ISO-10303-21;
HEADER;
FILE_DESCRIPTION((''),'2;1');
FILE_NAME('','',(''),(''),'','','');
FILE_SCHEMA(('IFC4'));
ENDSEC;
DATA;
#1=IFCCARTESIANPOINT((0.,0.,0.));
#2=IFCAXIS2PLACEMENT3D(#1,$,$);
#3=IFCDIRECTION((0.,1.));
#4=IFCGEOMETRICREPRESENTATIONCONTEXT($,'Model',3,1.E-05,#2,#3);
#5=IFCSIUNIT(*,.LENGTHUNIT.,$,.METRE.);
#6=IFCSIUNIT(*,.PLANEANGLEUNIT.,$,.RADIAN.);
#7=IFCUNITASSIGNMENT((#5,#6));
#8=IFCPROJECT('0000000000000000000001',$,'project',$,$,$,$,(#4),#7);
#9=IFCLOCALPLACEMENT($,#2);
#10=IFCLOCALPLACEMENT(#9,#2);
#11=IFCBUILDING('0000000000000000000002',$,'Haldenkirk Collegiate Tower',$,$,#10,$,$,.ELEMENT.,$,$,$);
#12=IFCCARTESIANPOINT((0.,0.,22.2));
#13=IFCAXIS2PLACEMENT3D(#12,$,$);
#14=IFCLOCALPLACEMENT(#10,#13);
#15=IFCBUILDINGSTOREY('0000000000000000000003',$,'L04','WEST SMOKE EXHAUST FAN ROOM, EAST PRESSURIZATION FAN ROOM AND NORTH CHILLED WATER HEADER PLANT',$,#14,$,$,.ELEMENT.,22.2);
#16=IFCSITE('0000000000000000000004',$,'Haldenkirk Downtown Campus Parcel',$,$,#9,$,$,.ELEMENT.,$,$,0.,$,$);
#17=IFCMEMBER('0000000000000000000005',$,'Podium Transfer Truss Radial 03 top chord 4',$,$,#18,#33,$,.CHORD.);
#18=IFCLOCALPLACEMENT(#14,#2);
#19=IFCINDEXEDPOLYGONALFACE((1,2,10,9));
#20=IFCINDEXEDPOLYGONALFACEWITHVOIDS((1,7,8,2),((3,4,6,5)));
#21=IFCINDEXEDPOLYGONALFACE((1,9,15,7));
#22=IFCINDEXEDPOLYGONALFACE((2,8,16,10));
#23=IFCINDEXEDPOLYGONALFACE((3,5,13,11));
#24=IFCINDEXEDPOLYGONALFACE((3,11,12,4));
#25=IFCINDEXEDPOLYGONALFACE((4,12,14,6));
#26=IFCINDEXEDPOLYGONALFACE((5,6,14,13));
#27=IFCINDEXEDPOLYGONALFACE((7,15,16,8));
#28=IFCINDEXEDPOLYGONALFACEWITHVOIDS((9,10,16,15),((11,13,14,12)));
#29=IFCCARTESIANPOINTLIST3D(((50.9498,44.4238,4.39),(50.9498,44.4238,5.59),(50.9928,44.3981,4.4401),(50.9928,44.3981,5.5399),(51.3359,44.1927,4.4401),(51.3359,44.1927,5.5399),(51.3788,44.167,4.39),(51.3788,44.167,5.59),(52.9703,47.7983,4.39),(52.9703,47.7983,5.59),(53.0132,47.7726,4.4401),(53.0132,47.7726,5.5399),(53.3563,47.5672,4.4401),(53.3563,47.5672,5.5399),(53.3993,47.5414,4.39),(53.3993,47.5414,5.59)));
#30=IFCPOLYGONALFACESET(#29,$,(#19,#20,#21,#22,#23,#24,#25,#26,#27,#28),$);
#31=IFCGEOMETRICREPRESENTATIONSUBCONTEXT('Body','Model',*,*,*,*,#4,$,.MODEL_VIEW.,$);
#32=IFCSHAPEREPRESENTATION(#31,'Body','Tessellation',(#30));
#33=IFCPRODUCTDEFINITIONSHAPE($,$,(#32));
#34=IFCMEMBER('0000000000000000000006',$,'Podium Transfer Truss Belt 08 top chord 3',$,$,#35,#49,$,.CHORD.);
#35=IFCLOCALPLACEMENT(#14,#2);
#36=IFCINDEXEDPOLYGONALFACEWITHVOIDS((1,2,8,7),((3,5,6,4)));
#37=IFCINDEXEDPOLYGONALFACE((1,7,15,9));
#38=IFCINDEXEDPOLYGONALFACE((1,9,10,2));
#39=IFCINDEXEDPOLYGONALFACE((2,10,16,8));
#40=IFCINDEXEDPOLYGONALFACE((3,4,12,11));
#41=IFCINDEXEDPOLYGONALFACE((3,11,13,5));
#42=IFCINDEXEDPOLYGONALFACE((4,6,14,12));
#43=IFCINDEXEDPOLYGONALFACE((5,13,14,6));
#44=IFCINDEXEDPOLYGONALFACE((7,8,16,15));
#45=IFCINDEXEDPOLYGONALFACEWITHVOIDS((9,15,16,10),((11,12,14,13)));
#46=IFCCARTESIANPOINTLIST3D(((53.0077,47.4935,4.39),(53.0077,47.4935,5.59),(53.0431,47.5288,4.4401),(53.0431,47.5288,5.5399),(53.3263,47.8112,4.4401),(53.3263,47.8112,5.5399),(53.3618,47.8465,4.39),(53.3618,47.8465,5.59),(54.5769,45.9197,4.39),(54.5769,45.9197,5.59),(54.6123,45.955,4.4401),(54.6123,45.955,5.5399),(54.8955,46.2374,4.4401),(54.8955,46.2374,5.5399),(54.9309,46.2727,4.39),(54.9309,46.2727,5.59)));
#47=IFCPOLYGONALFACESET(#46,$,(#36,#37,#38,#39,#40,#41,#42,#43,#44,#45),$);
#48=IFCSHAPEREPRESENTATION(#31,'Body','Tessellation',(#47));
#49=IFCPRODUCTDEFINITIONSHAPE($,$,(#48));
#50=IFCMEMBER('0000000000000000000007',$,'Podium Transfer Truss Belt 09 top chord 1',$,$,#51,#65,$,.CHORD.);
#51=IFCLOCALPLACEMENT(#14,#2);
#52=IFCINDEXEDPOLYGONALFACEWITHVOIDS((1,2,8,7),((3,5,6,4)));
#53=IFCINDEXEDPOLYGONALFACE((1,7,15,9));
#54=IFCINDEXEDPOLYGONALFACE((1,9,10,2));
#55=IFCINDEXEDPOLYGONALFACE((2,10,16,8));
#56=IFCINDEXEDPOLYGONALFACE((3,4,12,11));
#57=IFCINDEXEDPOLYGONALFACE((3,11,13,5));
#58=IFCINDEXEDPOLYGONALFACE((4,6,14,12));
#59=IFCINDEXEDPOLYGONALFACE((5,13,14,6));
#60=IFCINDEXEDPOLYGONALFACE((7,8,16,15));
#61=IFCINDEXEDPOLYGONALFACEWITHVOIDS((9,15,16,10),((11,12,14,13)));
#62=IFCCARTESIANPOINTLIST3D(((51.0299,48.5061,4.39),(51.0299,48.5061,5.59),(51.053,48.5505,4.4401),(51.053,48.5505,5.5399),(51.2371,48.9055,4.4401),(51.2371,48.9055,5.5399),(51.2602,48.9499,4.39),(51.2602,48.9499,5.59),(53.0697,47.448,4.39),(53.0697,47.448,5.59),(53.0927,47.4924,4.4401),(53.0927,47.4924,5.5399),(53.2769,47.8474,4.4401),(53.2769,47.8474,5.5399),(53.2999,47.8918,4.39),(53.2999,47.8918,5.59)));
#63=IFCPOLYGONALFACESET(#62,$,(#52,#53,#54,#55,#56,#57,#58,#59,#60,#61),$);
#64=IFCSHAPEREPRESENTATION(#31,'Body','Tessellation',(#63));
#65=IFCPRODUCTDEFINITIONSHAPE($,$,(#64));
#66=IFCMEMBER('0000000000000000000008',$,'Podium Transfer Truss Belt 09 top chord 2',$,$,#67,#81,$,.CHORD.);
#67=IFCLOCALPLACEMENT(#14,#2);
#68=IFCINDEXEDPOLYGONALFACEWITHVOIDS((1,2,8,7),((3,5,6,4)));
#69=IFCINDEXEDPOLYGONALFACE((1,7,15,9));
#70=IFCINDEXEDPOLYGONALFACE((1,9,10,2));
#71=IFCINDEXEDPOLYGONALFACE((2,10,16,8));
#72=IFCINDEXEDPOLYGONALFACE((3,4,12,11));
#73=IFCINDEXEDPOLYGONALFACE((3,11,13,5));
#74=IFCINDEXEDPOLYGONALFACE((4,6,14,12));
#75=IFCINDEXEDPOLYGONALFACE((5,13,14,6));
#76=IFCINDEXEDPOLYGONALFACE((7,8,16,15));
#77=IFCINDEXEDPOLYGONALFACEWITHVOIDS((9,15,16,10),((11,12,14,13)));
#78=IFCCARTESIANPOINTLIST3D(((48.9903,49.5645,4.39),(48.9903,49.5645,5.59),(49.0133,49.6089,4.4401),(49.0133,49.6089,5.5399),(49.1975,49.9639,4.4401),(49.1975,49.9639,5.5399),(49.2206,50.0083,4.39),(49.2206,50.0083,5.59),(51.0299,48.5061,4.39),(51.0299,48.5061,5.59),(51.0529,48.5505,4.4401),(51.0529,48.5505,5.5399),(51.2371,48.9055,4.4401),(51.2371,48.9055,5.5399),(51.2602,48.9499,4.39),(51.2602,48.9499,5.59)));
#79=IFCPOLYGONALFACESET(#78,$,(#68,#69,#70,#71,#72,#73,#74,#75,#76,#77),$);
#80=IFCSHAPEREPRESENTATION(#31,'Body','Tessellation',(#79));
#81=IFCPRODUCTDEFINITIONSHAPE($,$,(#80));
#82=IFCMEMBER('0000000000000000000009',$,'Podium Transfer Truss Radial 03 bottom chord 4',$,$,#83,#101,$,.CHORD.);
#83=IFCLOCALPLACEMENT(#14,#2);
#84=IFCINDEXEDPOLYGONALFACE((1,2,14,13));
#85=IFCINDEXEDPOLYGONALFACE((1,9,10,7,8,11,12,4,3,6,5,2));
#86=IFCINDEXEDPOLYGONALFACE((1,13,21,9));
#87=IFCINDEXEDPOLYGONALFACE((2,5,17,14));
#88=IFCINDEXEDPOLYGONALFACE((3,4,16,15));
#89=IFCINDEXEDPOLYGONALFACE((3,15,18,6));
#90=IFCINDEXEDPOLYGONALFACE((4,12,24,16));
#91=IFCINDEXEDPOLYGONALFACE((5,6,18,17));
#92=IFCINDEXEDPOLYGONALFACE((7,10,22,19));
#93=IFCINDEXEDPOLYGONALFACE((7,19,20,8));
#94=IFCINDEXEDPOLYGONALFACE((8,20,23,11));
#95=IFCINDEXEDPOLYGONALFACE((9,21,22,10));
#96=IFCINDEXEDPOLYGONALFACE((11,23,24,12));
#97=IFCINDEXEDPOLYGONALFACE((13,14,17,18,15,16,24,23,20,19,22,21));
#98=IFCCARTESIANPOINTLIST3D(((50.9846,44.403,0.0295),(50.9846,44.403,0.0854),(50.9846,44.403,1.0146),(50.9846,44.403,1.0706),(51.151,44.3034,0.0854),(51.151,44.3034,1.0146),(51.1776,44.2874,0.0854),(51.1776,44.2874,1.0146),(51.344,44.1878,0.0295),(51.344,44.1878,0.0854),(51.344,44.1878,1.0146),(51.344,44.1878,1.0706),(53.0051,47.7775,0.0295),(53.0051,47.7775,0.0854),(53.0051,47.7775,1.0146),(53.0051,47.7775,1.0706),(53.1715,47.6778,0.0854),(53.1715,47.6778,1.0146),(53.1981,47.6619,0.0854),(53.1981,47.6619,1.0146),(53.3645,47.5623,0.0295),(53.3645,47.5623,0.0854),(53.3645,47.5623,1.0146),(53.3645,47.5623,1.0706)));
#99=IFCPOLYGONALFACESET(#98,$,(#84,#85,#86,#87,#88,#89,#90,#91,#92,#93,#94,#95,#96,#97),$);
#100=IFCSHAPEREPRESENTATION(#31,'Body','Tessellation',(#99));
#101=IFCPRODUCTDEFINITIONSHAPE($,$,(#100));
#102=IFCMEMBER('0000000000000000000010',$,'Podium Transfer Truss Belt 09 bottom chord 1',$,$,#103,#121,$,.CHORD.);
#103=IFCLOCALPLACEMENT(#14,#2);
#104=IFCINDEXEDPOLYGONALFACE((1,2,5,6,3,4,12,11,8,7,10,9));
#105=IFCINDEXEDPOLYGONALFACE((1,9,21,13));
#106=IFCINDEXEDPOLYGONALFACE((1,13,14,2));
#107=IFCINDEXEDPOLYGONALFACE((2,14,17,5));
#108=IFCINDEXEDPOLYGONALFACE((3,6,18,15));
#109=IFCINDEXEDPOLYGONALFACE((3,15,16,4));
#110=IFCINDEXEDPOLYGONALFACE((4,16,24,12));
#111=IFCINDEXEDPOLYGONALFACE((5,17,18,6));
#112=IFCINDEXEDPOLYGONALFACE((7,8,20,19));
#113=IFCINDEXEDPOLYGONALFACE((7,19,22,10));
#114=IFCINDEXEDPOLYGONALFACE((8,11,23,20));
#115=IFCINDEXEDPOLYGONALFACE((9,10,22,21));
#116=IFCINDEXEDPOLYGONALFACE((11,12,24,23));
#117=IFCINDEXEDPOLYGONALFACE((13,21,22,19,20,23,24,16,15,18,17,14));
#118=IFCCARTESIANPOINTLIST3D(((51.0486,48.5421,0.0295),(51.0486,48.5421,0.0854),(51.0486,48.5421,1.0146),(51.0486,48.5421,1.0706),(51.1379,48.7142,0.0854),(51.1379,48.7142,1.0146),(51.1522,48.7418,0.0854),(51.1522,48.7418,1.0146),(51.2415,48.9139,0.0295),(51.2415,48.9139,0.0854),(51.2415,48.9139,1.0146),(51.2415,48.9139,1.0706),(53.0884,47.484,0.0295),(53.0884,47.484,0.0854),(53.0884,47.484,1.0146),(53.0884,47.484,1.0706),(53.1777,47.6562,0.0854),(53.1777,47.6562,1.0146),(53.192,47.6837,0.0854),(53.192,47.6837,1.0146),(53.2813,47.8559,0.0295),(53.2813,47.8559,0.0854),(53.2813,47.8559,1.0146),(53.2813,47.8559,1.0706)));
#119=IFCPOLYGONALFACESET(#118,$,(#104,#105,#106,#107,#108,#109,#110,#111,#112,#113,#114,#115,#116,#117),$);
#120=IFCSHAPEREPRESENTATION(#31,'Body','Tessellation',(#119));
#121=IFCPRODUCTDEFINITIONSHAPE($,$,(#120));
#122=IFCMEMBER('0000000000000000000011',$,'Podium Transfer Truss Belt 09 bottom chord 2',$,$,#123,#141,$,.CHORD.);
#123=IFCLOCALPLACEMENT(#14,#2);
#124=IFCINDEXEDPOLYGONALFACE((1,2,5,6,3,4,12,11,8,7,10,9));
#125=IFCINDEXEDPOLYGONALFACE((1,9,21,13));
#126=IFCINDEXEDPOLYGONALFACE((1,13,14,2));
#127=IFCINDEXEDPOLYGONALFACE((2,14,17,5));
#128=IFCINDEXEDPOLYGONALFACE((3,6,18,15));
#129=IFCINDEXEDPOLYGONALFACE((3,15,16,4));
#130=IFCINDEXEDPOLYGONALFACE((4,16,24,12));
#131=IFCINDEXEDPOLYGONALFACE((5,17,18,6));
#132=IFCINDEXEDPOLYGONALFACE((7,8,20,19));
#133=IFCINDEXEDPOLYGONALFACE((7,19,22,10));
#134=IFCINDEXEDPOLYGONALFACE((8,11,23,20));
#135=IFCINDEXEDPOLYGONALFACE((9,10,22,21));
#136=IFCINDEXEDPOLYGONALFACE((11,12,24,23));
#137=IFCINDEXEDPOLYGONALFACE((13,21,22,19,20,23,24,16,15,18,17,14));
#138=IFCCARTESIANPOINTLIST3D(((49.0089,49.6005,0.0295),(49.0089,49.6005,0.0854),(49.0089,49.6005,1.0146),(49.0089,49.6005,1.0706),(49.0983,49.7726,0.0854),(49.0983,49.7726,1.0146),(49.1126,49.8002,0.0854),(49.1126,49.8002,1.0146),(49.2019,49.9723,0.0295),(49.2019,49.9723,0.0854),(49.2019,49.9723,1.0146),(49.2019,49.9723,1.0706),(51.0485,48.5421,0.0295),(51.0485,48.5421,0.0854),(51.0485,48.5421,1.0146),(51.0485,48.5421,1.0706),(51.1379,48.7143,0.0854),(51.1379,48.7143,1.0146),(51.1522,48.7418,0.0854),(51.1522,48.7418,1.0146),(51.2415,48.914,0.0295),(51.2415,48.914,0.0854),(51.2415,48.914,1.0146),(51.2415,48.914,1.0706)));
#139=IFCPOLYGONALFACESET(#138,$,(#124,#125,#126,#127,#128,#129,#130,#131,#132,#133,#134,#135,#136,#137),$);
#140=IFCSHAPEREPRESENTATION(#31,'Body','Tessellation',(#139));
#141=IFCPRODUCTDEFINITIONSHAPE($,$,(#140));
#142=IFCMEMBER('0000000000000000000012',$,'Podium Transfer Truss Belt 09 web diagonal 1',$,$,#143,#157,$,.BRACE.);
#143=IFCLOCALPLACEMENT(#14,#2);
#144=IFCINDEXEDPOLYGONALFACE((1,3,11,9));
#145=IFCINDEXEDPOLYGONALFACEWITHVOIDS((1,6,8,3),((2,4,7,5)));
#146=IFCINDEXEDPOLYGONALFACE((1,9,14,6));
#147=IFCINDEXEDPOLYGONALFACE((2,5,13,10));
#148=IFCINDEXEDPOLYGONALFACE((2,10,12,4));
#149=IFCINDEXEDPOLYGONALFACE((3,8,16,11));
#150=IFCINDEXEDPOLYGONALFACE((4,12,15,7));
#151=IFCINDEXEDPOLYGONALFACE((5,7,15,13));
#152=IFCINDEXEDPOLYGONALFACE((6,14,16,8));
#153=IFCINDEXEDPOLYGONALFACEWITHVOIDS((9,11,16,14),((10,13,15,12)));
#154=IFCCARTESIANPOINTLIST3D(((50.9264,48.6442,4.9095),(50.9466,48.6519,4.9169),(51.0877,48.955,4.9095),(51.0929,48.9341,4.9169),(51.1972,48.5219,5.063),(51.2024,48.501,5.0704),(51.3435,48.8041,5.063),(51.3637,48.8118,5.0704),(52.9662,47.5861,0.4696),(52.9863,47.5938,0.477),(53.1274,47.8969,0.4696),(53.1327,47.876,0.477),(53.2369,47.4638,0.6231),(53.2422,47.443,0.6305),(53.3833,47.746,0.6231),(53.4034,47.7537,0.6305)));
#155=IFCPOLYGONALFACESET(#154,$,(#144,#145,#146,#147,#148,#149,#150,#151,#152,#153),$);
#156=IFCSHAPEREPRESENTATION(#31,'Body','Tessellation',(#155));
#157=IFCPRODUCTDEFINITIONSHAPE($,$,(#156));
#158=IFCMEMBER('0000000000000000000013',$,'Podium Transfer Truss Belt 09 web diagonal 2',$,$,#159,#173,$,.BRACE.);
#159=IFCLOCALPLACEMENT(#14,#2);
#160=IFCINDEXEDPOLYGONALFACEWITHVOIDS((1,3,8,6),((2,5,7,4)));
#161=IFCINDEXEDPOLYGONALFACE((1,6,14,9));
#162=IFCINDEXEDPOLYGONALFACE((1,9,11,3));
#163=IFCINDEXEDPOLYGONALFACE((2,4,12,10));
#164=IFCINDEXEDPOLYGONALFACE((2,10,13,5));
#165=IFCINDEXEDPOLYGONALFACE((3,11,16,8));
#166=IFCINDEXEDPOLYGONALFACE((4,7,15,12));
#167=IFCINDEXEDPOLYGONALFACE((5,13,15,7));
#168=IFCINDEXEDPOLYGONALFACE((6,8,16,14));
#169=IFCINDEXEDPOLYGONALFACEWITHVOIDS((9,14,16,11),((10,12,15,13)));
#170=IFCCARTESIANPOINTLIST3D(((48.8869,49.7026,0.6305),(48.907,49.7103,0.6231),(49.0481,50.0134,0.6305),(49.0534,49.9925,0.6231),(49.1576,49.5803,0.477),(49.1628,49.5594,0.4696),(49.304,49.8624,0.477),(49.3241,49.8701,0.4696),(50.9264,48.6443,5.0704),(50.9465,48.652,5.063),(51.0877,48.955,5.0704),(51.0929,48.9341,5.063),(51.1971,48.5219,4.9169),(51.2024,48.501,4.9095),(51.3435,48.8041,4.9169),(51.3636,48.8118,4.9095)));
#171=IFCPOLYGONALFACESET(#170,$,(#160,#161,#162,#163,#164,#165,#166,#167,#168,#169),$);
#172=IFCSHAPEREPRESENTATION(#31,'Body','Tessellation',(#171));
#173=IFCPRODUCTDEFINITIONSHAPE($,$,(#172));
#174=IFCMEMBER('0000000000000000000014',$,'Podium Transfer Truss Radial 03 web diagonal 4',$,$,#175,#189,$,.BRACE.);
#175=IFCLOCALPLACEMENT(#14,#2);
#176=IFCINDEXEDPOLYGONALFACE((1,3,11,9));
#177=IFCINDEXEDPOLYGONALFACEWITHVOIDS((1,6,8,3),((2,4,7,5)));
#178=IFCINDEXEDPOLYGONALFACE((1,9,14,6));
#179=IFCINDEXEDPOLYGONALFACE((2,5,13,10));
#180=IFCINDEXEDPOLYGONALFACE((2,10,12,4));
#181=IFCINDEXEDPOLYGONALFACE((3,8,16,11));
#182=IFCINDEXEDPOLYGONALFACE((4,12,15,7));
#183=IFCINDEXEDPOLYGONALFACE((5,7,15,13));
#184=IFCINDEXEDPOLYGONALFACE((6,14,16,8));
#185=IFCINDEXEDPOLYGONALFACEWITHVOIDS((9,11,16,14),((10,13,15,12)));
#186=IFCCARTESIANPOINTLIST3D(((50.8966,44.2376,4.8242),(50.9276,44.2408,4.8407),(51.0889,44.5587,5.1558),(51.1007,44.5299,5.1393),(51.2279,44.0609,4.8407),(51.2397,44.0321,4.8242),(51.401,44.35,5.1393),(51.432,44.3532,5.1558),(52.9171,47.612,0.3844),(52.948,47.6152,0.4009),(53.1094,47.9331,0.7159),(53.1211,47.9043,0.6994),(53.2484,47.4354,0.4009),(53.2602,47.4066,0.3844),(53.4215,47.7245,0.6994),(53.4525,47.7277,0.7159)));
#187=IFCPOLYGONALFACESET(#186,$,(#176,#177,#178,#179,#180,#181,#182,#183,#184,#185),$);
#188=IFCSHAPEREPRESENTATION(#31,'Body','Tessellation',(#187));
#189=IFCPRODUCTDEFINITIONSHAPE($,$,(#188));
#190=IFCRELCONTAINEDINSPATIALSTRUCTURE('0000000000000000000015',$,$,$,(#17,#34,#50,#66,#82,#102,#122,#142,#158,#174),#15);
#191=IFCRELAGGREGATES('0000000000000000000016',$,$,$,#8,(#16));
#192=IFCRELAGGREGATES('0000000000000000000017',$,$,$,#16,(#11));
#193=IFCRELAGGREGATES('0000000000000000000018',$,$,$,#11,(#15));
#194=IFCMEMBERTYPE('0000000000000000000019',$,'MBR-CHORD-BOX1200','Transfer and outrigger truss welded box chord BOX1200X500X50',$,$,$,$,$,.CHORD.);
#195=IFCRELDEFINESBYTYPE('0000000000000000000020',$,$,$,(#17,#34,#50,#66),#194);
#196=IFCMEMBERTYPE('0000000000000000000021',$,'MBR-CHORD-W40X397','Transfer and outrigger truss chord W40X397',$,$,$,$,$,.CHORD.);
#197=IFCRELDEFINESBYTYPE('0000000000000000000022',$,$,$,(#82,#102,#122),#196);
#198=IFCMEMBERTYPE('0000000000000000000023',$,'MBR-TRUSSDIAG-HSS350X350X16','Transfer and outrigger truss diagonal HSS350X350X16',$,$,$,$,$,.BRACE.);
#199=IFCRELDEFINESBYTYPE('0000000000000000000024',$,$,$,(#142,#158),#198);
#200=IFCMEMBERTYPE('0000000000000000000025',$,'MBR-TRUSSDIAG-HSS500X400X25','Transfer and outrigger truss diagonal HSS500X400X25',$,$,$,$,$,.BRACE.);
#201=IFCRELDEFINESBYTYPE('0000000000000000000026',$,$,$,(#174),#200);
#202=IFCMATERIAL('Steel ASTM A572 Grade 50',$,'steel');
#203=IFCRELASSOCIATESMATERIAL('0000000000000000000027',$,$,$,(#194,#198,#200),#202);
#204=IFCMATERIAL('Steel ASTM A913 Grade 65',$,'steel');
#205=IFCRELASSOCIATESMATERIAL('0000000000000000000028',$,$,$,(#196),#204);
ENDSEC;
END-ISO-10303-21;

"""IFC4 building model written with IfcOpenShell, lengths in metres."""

from ifc_helpers import new_model, si_unit, direction, frame, origin, origin_2d, place, context, subcontext, project, spatial, hollow_rectangle, i_section, extrude, material, material_profile, profile_set, type_object, element, save


model = new_model("IFC4")

# Units and contexts
model_context = context("Model", 3, precision=1e-05, world=origin(), true_north=direction((0.0, 1.0)))
body_context = subcontext(model_context, "Body", "Model", "MODEL_VIEW")
ifc_project = project(units=[si_unit("LENGTHUNIT", "METRE"), si_unit("PLANEANGLEUNIT", "RADIAN")], contexts=[model_context])

# Site, building, storey
site_placement = place(None, origin())
site = spatial("IfcSite", under=ifc_project, at=site_placement, Name="Haldenkirk Downtown Campus Parcel", CompositionType="ELEMENT", RefElevation=0.0)
building_placement = place(site_placement, origin())
building = spatial("IfcBuilding", under=site, at=building_placement, Name="Haldenkirk Collegiate Tower", CompositionType="ELEMENT")
storey_placement = place(building_placement, frame((0.0, 0.0, 22.2)))
storey = spatial("IfcBuildingStorey", under=building, at=storey_placement, Name="L04", Description="WEST SMOKE EXHAUST FAN ROOM, EAST PRESSURIZATION FAN ROOM AND NORTH CHILLED WATER HEADER PLANT", CompositionType="ELEMENT", Elevation=22.2)

# Members
ifc_material_1 = material(Name="Steel ASTM A572 Grade 50", Category="steel")
ifc_material_profile_1 = material_profile(ifc_material_1, hollow_rectangle(XDim=0.5, YDim=1.2, WallThickness=0.05, at=origin_2d()), Name="BOX1200X500X50")
ifc_profile_set_1 = profile_set([ifc_material_profile_1], Name="Steel ASTM A572 Grade 50")
member_type_1 = type_object("IfcMemberType", Name="MBR-CHORD-BOX1200", Description="Transfer and outrigger truss welded box chord BOX1200X500X50", PredefinedType="CHORD", material=ifc_profile_set_1)
member_1_placement = place(storey_placement, frame((51.1643, 44.2954, 4.99), z_axis=(0.513711, 0.857964, 0.0), x_axis=(-0.857964, 0.513711, 0.0)))
element("IfcMember", 1, at=member_1_placement, inside=storey, type_object=member_type_1, Name="Podium Transfer Truss Radial 03 top chord 4", PredefinedType="CHORD", context=body_context, shape_type="SweptSolid", body=[
    extrude(hollow_rectangle(XDim=0.5, YDim=1.2, WallThickness=0.05, at=origin_2d()), origin(), (0.0, 0.0, 1.0), 3.9331),
])
member_2_placement = place(storey_placement, frame((54.7539, 46.0962, 4.99), z_axis=(-0.706062, 0.70815, 0.0), x_axis=(-0.70815, -0.706062, 0.0)))
element("IfcMember", 2, at=member_2_placement, inside=storey, type_object=member_type_1, Name="Podium Transfer Truss Belt 08 top chord 3", PredefinedType="CHORD", context=body_context, shape_type="SweptSolid", body=[
    extrude(hollow_rectangle(XDim=0.5, YDim=1.2, WallThickness=0.05, at=origin_2d()), origin(), (0.0, 0.0, 1.0), 2.2224),
])
for number, where, z_axis, x_axis, name in (
    (3, (53.1848, 47.6699, 4.99), (-0.887677, 0.460466, 0.0), (-0.460466, -0.887677, 0.0), "Podium Transfer Truss Belt 09 top chord 1"),
    (4, (51.145, 48.728, 4.99), (-0.887611, 0.460593, 0.0), (-0.460593, -0.887611, 0.0), "Podium Transfer Truss Belt 09 top chord 2"),
):
    element("IfcMember", number, at=place(storey_placement, frame(where, z_axis=z_axis, x_axis=x_axis)), inside=storey, type_object=member_type_1, Name=name, PredefinedType="CHORD", context=body_context, shape_type="SweptSolid", body=[
        extrude(hollow_rectangle(XDim=0.5, YDim=1.2, WallThickness=0.05, at=origin_2d()), origin(), (0.0, 0.0, 1.0), 2.2979),
    ])
ifc_material_2 = material(Name="Steel ASTM A913 Grade 65", Category="steel")
ifc_material_profile_2 = material_profile(ifc_material_2, i_section(OverallWidth=0.4189, OverallDepth=1.041, WebThickness=0.031, FlangeThickness=0.0559, at=origin_2d()), Name="W40X397")
ifc_profile_set_2 = profile_set([ifc_material_profile_2], Name="Steel ASTM A913 Grade 65")
member_type_2 = type_object("IfcMemberType", Name="MBR-CHORD-W40X397", Description="Transfer and outrigger truss chord W40X397", PredefinedType="CHORD", material=ifc_profile_set_2)
member_3_placement = place(storey_placement, frame((51.1643, 44.2954, 0.55), z_axis=(0.513711, 0.857964, 0.0), x_axis=(-0.857964, 0.513711, 0.0)))
element("IfcMember", 5, at=member_3_placement, inside=storey, type_object=member_type_2, Name="Podium Transfer Truss Radial 03 bottom chord 4", PredefinedType="CHORD", context=body_context, shape_type="SweptSolid", body=[
    extrude(i_section(OverallWidth=0.4189, OverallDepth=1.041, WebThickness=0.031, FlangeThickness=0.0559, at=origin_2d()), origin(), (0.0, 0.0, 1.0), 3.9331),
])
for number, where, z_axis, x_axis, name in (
    (6, (53.1848, 47.6699, 0.55), (-0.887677, 0.460466, 0.0), (-0.460466, -0.887677, 0.0), "Podium Transfer Truss Belt 09 bottom chord 1"),
    (7, (51.145, 48.728, 0.55), (-0.887611, 0.460593, 0.0), (-0.460593, -0.887611, 0.0), "Podium Transfer Truss Belt 09 bottom chord 2"),
):
    element("IfcMember", number, at=place(storey_placement, frame(where, z_axis=z_axis, x_axis=x_axis)), inside=storey, type_object=member_type_2, Name=name, PredefinedType="CHORD", context=body_context, shape_type="SweptSolid", body=[
        extrude(i_section(OverallWidth=0.4189, OverallDepth=1.041, WebThickness=0.031, FlangeThickness=0.0559, at=origin_2d()), origin(), (0.0, 0.0, 1.0), 2.2979),
    ])
ifc_material_profile_3 = material_profile(ifc_material_1, hollow_rectangle(XDim=0.3501, YDim=0.3501, WallThickness=0.0161, at=origin_2d()), Name="HSS350X350X16")
ifc_profile_set_3 = profile_set([ifc_material_profile_3], Name="Steel ASTM A572 Grade 50")
member_type_3 = type_object("IfcMemberType", Name="MBR-TRUSSDIAG-HSS350X350X16", Description="Transfer and outrigger truss diagonal HSS350X350X16", PredefinedType="BRACE", material=ifc_profile_set_3)
for number, where, z_axis, x_axis, name in (
    (8, (53.1848, 47.6699, 0.55), (-0.408013, 0.211649, 0.888105), (-0.460466, -0.887677, 0.0), "Podium Transfer Truss Belt 09 web diagonal 1"),
    (9, (51.145, 48.728, 4.99), (-0.407968, 0.2117, -0.888113), (-0.460593, -0.887611, 0.0), "Podium Transfer Truss Belt 09 web diagonal 2"),
):
    element("IfcMember", number, at=place(storey_placement, frame(where, z_axis=z_axis, x_axis=x_axis)), inside=storey, type_object=member_type_3, Name=name, PredefinedType="BRACE", context=body_context, shape_type="SweptSolid", body=[
        extrude(hollow_rectangle(XDim=0.3501, YDim=0.3501, WallThickness=0.0161, at=origin_2d()), origin(), (0.0, 0.0, 1.0), 4.9993),
    ])
ifc_material_profile_4 = material_profile(ifc_material_1, hollow_rectangle(XDim=0.3999, YDim=0.5, WallThickness=0.0249, at=origin_2d()), Name="HSS500X400X25")
ifc_profile_set_4 = profile_set([ifc_material_profile_4], Name="Steel ASTM A572 Grade 50")
member_type_4 = type_object("IfcMemberType", Name="MBR-TRUSSDIAG-HSS500X400X25", Description="Transfer and outrigger truss diagonal HSS500X400X25", PredefinedType="BRACE", material=ifc_profile_set_4)
member_4_placement = place(storey_placement, frame((51.1643, 44.2954, 4.99), z_axis=(0.340639, 0.568912, -0.748534), x_axis=(-0.857964, 0.513711, 0.0)))
element("IfcMember", 10, at=member_4_placement, inside=storey, type_object=member_type_4, Name="Podium Transfer Truss Radial 03 web diagonal 4", PredefinedType="BRACE", context=body_context, shape_type="SweptSolid", body=[
    extrude(hollow_rectangle(XDim=0.3999, YDim=0.5, WallThickness=0.0249, at=origin_2d()), origin(), (0.0, 0.0, 1.0), 5.9314),
])

save(model, "model.ifc")
